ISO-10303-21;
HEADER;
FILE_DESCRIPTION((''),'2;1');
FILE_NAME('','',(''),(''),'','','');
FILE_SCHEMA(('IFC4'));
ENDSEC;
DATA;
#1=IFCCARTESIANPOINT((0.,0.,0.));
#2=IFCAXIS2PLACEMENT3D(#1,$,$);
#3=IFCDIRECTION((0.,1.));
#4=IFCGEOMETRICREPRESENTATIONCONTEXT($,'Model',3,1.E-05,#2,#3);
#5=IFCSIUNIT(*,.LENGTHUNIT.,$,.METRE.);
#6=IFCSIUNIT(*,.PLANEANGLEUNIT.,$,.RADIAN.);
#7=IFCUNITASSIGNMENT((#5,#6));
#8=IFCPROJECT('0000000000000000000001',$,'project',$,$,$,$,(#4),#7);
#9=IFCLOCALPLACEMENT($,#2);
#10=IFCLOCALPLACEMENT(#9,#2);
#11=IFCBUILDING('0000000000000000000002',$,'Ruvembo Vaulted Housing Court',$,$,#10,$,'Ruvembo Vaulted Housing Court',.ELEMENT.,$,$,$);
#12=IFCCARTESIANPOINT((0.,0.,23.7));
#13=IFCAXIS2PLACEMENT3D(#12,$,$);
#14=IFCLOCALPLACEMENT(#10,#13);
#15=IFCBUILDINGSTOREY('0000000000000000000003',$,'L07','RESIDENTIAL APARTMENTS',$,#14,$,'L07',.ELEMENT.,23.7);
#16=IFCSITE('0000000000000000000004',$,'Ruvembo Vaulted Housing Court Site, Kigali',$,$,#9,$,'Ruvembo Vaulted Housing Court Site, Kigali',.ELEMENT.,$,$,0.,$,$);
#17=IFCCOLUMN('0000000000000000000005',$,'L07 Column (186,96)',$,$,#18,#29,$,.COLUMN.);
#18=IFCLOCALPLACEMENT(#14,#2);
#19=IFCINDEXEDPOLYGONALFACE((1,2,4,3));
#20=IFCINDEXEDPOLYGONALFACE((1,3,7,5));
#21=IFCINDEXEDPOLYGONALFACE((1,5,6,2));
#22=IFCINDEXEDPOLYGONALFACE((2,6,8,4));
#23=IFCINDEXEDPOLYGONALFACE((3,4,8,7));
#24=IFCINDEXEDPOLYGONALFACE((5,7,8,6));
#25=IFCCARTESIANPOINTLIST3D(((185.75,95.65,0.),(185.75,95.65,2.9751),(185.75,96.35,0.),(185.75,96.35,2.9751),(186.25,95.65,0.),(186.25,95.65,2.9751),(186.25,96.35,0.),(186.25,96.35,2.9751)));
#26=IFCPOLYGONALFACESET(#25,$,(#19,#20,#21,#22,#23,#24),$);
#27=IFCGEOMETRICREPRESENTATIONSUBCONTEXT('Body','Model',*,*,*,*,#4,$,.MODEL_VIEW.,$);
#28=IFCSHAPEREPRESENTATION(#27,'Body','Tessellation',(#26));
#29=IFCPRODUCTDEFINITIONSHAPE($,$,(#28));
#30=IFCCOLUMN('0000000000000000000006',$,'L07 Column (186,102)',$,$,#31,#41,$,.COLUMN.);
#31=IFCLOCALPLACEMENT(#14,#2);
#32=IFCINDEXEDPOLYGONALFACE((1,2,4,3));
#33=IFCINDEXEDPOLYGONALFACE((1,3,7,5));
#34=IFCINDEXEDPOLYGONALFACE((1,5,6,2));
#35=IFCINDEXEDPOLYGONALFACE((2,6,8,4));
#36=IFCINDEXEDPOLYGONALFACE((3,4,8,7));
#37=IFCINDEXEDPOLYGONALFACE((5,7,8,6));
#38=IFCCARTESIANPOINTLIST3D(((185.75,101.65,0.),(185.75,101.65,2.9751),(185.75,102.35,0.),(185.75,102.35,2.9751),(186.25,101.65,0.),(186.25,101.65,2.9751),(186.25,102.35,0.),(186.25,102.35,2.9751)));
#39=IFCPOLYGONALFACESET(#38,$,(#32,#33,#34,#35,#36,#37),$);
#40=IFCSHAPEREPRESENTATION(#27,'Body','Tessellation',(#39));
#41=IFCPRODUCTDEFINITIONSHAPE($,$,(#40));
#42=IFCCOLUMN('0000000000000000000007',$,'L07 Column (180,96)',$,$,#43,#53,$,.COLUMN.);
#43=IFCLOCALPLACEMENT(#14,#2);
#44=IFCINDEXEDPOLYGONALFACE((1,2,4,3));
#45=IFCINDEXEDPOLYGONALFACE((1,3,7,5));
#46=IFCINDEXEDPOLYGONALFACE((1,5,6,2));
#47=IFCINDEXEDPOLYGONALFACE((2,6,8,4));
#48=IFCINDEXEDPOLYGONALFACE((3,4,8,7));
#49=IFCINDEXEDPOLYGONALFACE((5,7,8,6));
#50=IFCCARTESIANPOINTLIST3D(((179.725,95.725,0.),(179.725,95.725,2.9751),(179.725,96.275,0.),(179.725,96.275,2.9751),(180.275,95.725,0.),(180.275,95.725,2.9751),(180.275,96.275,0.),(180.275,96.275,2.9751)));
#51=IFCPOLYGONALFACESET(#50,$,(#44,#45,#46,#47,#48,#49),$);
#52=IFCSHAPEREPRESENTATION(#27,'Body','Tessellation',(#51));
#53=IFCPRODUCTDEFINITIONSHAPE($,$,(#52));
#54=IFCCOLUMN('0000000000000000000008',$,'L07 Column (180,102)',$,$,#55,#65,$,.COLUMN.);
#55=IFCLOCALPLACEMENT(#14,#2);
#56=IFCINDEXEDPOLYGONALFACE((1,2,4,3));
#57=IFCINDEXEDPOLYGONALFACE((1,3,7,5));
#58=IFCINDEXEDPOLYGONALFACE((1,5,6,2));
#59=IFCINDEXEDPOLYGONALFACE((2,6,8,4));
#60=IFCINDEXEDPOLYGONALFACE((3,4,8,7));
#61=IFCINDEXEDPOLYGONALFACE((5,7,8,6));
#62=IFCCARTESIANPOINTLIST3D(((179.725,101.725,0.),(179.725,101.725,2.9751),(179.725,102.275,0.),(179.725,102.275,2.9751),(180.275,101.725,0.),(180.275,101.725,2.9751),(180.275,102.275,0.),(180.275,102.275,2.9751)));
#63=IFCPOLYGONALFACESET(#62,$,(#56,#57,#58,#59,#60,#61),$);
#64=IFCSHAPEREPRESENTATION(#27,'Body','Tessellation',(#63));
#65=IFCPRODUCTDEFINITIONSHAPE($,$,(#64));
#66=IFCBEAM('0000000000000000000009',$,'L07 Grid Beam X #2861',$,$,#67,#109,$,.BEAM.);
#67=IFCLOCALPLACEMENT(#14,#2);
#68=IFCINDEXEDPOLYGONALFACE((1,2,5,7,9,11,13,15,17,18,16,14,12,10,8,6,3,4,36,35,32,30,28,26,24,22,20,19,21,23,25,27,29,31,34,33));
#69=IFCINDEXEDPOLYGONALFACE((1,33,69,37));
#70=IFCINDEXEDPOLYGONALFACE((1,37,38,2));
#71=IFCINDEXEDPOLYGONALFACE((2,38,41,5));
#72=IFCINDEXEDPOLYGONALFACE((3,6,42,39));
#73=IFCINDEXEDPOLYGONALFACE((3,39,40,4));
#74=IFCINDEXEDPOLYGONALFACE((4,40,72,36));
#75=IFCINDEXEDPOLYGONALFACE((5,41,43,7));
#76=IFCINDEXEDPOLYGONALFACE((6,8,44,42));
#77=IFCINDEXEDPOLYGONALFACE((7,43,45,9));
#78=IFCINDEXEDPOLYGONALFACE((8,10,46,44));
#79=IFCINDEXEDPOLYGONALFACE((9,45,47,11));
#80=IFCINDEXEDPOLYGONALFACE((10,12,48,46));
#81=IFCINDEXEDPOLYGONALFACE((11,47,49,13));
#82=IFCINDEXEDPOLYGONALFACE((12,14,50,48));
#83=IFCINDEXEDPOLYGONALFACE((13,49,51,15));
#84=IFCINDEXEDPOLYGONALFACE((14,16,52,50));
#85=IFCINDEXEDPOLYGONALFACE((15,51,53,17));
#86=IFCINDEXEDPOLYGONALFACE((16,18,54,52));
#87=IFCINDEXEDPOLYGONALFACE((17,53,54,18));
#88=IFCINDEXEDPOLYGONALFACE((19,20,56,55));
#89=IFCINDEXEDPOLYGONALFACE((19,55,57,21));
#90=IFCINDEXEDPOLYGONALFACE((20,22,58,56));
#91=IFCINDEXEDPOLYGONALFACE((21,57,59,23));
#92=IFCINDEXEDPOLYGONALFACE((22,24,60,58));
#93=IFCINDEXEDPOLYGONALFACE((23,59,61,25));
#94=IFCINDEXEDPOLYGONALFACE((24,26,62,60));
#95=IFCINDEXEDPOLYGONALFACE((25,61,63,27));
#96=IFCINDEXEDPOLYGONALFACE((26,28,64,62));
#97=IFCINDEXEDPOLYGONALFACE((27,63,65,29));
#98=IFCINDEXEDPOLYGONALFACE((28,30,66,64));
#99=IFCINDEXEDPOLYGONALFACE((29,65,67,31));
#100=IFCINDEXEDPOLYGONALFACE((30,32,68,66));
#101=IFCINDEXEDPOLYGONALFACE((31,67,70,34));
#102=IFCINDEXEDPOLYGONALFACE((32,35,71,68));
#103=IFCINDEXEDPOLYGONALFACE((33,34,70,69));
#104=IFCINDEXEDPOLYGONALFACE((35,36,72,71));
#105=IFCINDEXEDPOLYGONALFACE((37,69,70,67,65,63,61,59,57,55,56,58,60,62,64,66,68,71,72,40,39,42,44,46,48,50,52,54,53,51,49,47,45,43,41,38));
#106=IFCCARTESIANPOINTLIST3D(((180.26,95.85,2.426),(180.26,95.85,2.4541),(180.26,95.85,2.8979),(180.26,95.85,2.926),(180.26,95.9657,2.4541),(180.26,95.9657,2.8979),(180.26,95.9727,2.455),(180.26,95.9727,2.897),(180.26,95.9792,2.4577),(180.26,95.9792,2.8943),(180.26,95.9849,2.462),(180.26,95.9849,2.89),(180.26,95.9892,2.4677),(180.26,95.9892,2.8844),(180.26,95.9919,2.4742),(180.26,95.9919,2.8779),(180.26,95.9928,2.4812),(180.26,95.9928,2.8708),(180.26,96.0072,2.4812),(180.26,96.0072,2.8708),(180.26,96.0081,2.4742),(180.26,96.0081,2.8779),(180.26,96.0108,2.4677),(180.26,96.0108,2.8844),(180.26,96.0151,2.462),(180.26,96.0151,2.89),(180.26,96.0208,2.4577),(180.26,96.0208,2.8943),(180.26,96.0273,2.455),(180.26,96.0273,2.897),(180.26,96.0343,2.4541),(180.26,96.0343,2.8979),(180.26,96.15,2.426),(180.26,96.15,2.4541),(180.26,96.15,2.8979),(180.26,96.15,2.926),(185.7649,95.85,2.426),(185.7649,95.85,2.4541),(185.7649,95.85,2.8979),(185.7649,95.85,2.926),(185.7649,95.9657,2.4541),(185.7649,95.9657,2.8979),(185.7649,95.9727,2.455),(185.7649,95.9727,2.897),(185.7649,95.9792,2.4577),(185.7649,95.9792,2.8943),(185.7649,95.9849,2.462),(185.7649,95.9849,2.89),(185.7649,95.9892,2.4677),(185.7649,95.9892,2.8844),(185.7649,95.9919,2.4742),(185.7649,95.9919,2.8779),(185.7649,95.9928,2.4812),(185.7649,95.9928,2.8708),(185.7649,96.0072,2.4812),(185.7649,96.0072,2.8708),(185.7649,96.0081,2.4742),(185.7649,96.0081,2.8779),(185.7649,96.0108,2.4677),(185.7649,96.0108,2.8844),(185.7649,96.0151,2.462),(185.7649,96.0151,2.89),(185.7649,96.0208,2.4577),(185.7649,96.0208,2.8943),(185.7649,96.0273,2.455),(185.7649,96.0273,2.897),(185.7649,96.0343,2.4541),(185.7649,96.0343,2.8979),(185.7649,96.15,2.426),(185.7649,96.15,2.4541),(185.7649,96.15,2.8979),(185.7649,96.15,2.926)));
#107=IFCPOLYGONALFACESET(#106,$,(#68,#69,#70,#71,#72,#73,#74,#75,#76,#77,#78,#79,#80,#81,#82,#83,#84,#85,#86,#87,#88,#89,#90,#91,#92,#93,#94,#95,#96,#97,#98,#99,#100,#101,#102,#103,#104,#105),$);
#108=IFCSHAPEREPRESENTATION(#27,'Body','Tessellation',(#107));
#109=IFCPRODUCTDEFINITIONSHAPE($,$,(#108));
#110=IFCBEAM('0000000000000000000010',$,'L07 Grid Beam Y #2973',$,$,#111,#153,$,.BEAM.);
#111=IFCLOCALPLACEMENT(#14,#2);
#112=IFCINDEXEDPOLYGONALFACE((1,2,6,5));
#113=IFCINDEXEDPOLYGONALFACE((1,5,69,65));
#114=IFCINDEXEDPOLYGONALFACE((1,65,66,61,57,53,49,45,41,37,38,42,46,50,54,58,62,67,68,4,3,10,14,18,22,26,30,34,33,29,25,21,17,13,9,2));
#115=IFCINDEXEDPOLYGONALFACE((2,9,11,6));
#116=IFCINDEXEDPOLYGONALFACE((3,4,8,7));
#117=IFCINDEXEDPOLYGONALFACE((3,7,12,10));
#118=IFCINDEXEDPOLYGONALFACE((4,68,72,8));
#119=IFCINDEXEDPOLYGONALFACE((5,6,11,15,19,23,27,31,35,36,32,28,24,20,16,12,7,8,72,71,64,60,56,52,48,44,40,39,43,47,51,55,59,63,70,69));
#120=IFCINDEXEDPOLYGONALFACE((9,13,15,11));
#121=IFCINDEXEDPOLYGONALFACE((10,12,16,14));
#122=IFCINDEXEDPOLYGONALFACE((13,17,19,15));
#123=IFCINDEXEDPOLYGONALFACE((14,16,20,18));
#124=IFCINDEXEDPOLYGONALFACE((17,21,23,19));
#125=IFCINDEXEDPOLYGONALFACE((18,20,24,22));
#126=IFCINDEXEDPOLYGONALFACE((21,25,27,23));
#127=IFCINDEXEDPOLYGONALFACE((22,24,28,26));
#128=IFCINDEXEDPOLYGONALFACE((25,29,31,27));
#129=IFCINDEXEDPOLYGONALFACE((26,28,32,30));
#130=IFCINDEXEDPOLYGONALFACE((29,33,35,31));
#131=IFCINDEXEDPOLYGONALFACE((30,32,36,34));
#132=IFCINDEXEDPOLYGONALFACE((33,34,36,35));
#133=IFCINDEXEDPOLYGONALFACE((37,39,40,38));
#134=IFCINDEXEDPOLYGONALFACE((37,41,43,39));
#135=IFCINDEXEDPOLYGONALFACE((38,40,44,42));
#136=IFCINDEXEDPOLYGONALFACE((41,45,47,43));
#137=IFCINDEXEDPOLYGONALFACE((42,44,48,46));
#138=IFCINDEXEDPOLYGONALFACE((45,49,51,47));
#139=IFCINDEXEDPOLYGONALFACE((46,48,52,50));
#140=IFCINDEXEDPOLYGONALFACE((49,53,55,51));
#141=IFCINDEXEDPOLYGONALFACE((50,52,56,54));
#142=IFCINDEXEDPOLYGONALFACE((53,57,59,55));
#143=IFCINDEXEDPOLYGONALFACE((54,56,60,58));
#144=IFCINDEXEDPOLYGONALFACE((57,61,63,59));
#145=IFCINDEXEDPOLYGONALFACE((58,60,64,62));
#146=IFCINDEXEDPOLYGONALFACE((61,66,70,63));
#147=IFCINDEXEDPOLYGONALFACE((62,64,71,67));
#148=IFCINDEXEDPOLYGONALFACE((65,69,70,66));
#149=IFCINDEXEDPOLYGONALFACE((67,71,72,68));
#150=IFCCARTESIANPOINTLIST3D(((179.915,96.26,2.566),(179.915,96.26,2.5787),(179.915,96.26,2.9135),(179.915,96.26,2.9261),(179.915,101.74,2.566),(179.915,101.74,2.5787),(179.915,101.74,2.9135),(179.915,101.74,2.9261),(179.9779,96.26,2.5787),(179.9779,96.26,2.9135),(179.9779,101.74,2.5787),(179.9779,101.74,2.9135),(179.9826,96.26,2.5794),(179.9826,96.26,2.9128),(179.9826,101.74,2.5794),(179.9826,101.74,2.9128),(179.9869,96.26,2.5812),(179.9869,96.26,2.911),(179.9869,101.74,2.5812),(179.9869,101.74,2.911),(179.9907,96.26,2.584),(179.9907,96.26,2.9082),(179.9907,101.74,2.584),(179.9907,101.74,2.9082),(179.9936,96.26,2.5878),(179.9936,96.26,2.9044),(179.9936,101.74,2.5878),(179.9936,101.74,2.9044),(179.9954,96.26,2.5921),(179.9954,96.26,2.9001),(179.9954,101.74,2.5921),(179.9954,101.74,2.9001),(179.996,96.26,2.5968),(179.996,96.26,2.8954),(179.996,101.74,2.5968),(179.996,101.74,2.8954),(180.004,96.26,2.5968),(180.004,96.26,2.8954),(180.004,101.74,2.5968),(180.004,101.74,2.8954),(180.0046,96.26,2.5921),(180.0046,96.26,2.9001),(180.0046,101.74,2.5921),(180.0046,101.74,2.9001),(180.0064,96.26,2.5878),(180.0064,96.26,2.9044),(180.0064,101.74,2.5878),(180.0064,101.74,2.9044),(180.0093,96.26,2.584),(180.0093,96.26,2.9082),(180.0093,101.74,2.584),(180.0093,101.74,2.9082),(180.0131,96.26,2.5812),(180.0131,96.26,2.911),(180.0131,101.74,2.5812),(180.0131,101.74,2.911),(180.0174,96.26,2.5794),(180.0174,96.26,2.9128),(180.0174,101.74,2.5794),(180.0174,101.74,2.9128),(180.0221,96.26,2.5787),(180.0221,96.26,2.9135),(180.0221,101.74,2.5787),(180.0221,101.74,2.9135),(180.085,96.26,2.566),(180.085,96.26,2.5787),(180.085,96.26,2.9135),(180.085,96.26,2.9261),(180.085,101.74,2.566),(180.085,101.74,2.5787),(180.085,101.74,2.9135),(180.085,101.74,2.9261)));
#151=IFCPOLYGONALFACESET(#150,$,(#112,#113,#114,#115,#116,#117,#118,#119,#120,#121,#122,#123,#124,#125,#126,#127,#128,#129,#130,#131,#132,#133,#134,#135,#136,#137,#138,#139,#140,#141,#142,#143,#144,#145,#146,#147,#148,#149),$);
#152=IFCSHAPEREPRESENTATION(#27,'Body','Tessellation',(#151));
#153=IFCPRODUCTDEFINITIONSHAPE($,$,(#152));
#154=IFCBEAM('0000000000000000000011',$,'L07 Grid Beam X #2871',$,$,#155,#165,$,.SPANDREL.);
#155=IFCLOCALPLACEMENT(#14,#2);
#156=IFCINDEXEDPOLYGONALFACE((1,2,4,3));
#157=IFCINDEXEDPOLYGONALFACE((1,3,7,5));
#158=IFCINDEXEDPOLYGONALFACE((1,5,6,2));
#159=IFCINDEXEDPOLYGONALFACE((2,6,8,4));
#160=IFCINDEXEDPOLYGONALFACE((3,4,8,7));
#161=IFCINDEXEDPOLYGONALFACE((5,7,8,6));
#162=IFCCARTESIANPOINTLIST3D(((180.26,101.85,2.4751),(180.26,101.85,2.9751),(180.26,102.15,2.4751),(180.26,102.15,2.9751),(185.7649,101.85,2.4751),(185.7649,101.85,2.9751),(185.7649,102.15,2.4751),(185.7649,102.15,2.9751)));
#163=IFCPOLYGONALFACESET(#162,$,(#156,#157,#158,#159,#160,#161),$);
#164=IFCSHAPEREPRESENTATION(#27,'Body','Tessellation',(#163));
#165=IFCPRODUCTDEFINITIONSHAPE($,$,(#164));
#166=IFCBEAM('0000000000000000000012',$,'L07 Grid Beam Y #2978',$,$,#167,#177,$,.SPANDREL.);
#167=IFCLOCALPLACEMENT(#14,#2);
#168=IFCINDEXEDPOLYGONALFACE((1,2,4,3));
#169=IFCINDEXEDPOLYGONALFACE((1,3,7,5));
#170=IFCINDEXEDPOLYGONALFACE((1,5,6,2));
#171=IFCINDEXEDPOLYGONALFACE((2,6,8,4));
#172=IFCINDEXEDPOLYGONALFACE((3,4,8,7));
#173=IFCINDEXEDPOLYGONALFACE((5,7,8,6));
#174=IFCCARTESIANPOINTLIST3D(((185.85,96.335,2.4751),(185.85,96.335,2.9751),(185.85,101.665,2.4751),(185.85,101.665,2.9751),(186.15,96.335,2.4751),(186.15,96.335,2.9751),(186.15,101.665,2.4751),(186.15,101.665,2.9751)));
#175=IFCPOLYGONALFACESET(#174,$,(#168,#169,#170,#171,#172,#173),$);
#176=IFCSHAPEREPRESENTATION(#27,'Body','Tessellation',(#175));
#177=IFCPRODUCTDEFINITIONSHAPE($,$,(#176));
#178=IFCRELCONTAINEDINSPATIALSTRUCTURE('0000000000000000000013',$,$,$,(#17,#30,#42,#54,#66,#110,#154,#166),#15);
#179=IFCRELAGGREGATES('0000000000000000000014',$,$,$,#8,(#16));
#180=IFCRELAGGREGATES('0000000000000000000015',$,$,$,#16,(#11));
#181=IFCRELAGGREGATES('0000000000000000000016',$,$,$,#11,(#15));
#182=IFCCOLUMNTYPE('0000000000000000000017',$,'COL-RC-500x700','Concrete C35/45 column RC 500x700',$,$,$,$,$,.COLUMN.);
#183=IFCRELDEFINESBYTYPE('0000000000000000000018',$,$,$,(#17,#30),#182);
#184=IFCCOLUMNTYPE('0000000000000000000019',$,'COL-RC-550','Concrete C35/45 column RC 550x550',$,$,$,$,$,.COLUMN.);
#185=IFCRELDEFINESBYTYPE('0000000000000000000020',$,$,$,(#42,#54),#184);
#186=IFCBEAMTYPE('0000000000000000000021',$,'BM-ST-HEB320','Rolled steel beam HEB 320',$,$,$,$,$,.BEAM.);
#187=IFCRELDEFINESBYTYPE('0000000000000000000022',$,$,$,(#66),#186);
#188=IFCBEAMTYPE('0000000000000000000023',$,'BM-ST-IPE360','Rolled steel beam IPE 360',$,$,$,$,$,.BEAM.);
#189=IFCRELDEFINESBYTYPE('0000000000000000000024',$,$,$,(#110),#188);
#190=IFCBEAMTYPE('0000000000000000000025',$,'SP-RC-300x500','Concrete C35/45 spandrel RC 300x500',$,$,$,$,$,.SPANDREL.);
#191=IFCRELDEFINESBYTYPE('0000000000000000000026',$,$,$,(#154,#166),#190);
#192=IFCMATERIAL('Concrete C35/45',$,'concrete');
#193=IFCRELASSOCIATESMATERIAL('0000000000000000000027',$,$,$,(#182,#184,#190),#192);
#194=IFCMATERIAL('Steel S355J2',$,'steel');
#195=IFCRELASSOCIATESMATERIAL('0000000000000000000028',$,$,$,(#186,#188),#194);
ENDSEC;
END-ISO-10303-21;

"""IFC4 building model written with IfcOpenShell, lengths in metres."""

from ifc_helpers import new_model, si_unit, direction, frame, origin, origin_2d, place, context, subcontext, project, spatial, rectangle, i_section, extrude, material, material_profile, profile_set, type_object, element, save


model = new_model("IFC4")

# Units and contexts
model_context = context("Model", 3, precision=1e-05, world=origin(), true_north=direction((0.0, 1.0)))
body_context = subcontext(model_context, "Body", "Model", "MODEL_VIEW")
ifc_project = project(units=[si_unit("LENGTHUNIT", "METRE"), si_unit("PLANEANGLEUNIT", "RADIAN")], contexts=[model_context])

# Site, building, storey
site_placement = place(None, origin())
site = spatial("IfcSite", under=ifc_project, at=site_placement, Name="Ruvembo Vaulted Housing Court Site, Kigali", LongName="Ruvembo Vaulted Housing Court Site, Kigali", CompositionType="ELEMENT", RefElevation=0.0)
building_placement = place(site_placement, origin())
building = spatial("IfcBuilding", under=site, at=building_placement, Name="Ruvembo Vaulted Housing Court", LongName="Ruvembo Vaulted Housing Court", CompositionType="ELEMENT")
storey_placement = place(building_placement, frame((0.0, 0.0, 23.7)))
storey = spatial("IfcBuildingStorey", under=building, at=storey_placement, Name="L07", Description="RESIDENTIAL APARTMENTS", LongName="L07", CompositionType="ELEMENT", Elevation=23.7)

# Columns
ifc_material_1 = material(Name="Concrete C35/45", Category="concrete")
ifc_material_profile_1 = material_profile(ifc_material_1, rectangle(XDim=0.5, YDim=0.7, at=origin_2d()), Name="RC 500x700")
ifc_profile_set_1 = profile_set([ifc_material_profile_1], Name="Concrete C35/45")
column_type_1 = type_object("IfcColumnType", Name="COL-RC-500x700", Description="Concrete C35/45 column RC 500x700", PredefinedType="COLUMN", material=ifc_profile_set_1)
for number, where, z_axis, x_axis, name in (
    (1, (186.0, 96.0, 0.0), (0.0, 0.0, 1.0), (1.0, 0.0, 0.0), "L07 Column (186,96)"),
    (2, (186.0, 102.0, 0.0), (0.0, 0.0, 1.0), (1.0, 0.0, 0.0), "L07 Column (186,102)"),
):
    element("IfcColumn", number, at=place(storey_placement, frame(where, z_axis=z_axis, x_axis=x_axis)), inside=storey, type_object=column_type_1, Name=name, PredefinedType="COLUMN", context=body_context, shape_type="SweptSolid", body=[
        extrude(rectangle(XDim=0.5, YDim=0.7, at=origin_2d()), origin(), (0.0, 0.0, 1.0), 2.9751),
    ])
ifc_material_profile_2 = material_profile(ifc_material_1, rectangle(XDim=0.55, YDim=0.55, at=origin_2d()), Name="RC 550x550")
ifc_profile_set_2 = profile_set([ifc_material_profile_2], Name="Concrete C35/45")
column_type_2 = type_object("IfcColumnType", Name="COL-RC-550", Description="Concrete C35/45 column RC 550x550", PredefinedType="COLUMN", material=ifc_profile_set_2)
for number, where, z_axis, x_axis, name in (
    (3, (180.0, 96.0, 0.0), (0.0, 0.0, 1.0), (1.0, 0.0, 0.0), "L07 Column (180,96)"),
    (4, (180.0, 102.0, 0.0), (0.0, 0.0, 1.0), (1.0, 0.0, 0.0), "L07 Column (180,102)"),
):
    element("IfcColumn", number, at=place(storey_placement, frame(where, z_axis=z_axis, x_axis=x_axis)), inside=storey, type_object=column_type_2, Name=name, PredefinedType="COLUMN", context=body_context, shape_type="SweptSolid", body=[
        extrude(rectangle(XDim=0.55, YDim=0.55, at=origin_2d()), origin(), (0.0, 0.0, 1.0), 2.9751),
    ])

# Beams
ifc_material_2 = material(Name="Steel S355J2", Category="steel")
ifc_material_profile_3 = material_profile(ifc_material_2, i_section(OverallWidth=0.3, OverallDepth=0.5, WebThickness=0.0144, FlangeThickness=0.0281, FilletRadius=0.0271, at=origin_2d()), Name="HEB 320")
ifc_profile_set_3 = profile_set([ifc_material_profile_3], Name="Steel S355J2")
beam_type_1 = type_object("IfcBeamType", Name="BM-ST-HEB320", Description="Rolled steel beam HEB 320", PredefinedType="BEAM", material=ifc_profile_set_3)
beam_1_placement = place(storey_placement, frame((180.26, 96.0, 2.676), z_axis=(1.0, 0.0, 0.0), x_axis=(0.0, 1.0, 0.0)))
element("IfcBeam", 5, at=beam_1_placement, inside=storey, type_object=beam_type_1, Name="L07 Grid Beam X #2861", PredefinedType="BEAM", context=body_context, shape_type="SweptSolid", body=[
    extrude(i_section(OverallWidth=0.3, OverallDepth=0.5, WebThickness=0.0144, FlangeThickness=0.0281, FilletRadius=0.0271, at=origin_2d()), origin(), (0.0, 0.0, 1.0), 5.5049),
])
ifc_material_profile_4 = material_profile(ifc_material_2, i_section(OverallWidth=0.1699, OverallDepth=0.3601, WebThickness=0.0081, FlangeThickness=0.0127, FilletRadius=0.0181, at=origin_2d()), Name="IPE 360")
ifc_profile_set_4 = profile_set([ifc_material_profile_4], Name="Steel S355J2")
beam_type_2 = type_object("IfcBeamType", Name="BM-ST-IPE360", Description="Rolled steel beam IPE 360", PredefinedType="BEAM", material=ifc_profile_set_4)
beam_2_placement = place(storey_placement, frame((180.0, 96.26, 2.7461), z_axis=(0.0, 1.0, 0.0), x_axis=(-1.0, 0.0, 0.0)))
element("IfcBeam", 6, at=beam_2_placement, inside=storey, type_object=beam_type_2, Name="L07 Grid Beam Y #2973", PredefinedType="BEAM", context=body_context, shape_type="SweptSolid", body=[
    extrude(i_section(OverallWidth=0.1699, OverallDepth=0.3601, WebThickness=0.0081, FlangeThickness=0.0127, FilletRadius=0.0181, at=origin_2d()), origin(), (0.0, 0.0, 1.0), 5.48),
])
ifc_material_profile_5 = material_profile(ifc_material_1, rectangle(XDim=0.3, YDim=0.5, at=origin_2d()), Name="RC 300x500")
ifc_profile_set_5 = profile_set([ifc_material_profile_5], Name="Concrete C35/45")
beam_type_3 = type_object("IfcBeamType", Name="SP-RC-300x500", Description="Concrete C35/45 spandrel RC 300x500", PredefinedType="SPANDREL", material=ifc_profile_set_5)
beam_3_placement = place(storey_placement, frame((180.26, 102.0, 2.7251), z_axis=(1.0, 0.0, 0.0), x_axis=(0.0, 1.0, 0.0)))
element("IfcBeam", 7, at=beam_3_placement, inside=storey, type_object=beam_type_3, Name="L07 Grid Beam X #2871", PredefinedType="SPANDREL", context=body_context, shape_type="SweptSolid", body=[
    extrude(rectangle(XDim=0.3, YDim=0.5, at=origin_2d()), origin(), (0.0, 0.0, 1.0), 5.5049),
])
beam_4_placement = place(storey_placement, frame((186.0, 96.335, 2.7251), z_axis=(0.0, 1.0, 0.0), x_axis=(-1.0, 0.0, 0.0)))
element("IfcBeam", 8, at=beam_4_placement, inside=storey, type_object=beam_type_3, Name="L07 Grid Beam Y #2978", PredefinedType="SPANDREL", context=body_context, shape_type="SweptSolid", body=[
    extrude(rectangle(XDim=0.3, YDim=0.5, at=origin_2d()), origin(), (0.0, 0.0, 1.0), 5.3301),
])

save(model, "model.ifc")
